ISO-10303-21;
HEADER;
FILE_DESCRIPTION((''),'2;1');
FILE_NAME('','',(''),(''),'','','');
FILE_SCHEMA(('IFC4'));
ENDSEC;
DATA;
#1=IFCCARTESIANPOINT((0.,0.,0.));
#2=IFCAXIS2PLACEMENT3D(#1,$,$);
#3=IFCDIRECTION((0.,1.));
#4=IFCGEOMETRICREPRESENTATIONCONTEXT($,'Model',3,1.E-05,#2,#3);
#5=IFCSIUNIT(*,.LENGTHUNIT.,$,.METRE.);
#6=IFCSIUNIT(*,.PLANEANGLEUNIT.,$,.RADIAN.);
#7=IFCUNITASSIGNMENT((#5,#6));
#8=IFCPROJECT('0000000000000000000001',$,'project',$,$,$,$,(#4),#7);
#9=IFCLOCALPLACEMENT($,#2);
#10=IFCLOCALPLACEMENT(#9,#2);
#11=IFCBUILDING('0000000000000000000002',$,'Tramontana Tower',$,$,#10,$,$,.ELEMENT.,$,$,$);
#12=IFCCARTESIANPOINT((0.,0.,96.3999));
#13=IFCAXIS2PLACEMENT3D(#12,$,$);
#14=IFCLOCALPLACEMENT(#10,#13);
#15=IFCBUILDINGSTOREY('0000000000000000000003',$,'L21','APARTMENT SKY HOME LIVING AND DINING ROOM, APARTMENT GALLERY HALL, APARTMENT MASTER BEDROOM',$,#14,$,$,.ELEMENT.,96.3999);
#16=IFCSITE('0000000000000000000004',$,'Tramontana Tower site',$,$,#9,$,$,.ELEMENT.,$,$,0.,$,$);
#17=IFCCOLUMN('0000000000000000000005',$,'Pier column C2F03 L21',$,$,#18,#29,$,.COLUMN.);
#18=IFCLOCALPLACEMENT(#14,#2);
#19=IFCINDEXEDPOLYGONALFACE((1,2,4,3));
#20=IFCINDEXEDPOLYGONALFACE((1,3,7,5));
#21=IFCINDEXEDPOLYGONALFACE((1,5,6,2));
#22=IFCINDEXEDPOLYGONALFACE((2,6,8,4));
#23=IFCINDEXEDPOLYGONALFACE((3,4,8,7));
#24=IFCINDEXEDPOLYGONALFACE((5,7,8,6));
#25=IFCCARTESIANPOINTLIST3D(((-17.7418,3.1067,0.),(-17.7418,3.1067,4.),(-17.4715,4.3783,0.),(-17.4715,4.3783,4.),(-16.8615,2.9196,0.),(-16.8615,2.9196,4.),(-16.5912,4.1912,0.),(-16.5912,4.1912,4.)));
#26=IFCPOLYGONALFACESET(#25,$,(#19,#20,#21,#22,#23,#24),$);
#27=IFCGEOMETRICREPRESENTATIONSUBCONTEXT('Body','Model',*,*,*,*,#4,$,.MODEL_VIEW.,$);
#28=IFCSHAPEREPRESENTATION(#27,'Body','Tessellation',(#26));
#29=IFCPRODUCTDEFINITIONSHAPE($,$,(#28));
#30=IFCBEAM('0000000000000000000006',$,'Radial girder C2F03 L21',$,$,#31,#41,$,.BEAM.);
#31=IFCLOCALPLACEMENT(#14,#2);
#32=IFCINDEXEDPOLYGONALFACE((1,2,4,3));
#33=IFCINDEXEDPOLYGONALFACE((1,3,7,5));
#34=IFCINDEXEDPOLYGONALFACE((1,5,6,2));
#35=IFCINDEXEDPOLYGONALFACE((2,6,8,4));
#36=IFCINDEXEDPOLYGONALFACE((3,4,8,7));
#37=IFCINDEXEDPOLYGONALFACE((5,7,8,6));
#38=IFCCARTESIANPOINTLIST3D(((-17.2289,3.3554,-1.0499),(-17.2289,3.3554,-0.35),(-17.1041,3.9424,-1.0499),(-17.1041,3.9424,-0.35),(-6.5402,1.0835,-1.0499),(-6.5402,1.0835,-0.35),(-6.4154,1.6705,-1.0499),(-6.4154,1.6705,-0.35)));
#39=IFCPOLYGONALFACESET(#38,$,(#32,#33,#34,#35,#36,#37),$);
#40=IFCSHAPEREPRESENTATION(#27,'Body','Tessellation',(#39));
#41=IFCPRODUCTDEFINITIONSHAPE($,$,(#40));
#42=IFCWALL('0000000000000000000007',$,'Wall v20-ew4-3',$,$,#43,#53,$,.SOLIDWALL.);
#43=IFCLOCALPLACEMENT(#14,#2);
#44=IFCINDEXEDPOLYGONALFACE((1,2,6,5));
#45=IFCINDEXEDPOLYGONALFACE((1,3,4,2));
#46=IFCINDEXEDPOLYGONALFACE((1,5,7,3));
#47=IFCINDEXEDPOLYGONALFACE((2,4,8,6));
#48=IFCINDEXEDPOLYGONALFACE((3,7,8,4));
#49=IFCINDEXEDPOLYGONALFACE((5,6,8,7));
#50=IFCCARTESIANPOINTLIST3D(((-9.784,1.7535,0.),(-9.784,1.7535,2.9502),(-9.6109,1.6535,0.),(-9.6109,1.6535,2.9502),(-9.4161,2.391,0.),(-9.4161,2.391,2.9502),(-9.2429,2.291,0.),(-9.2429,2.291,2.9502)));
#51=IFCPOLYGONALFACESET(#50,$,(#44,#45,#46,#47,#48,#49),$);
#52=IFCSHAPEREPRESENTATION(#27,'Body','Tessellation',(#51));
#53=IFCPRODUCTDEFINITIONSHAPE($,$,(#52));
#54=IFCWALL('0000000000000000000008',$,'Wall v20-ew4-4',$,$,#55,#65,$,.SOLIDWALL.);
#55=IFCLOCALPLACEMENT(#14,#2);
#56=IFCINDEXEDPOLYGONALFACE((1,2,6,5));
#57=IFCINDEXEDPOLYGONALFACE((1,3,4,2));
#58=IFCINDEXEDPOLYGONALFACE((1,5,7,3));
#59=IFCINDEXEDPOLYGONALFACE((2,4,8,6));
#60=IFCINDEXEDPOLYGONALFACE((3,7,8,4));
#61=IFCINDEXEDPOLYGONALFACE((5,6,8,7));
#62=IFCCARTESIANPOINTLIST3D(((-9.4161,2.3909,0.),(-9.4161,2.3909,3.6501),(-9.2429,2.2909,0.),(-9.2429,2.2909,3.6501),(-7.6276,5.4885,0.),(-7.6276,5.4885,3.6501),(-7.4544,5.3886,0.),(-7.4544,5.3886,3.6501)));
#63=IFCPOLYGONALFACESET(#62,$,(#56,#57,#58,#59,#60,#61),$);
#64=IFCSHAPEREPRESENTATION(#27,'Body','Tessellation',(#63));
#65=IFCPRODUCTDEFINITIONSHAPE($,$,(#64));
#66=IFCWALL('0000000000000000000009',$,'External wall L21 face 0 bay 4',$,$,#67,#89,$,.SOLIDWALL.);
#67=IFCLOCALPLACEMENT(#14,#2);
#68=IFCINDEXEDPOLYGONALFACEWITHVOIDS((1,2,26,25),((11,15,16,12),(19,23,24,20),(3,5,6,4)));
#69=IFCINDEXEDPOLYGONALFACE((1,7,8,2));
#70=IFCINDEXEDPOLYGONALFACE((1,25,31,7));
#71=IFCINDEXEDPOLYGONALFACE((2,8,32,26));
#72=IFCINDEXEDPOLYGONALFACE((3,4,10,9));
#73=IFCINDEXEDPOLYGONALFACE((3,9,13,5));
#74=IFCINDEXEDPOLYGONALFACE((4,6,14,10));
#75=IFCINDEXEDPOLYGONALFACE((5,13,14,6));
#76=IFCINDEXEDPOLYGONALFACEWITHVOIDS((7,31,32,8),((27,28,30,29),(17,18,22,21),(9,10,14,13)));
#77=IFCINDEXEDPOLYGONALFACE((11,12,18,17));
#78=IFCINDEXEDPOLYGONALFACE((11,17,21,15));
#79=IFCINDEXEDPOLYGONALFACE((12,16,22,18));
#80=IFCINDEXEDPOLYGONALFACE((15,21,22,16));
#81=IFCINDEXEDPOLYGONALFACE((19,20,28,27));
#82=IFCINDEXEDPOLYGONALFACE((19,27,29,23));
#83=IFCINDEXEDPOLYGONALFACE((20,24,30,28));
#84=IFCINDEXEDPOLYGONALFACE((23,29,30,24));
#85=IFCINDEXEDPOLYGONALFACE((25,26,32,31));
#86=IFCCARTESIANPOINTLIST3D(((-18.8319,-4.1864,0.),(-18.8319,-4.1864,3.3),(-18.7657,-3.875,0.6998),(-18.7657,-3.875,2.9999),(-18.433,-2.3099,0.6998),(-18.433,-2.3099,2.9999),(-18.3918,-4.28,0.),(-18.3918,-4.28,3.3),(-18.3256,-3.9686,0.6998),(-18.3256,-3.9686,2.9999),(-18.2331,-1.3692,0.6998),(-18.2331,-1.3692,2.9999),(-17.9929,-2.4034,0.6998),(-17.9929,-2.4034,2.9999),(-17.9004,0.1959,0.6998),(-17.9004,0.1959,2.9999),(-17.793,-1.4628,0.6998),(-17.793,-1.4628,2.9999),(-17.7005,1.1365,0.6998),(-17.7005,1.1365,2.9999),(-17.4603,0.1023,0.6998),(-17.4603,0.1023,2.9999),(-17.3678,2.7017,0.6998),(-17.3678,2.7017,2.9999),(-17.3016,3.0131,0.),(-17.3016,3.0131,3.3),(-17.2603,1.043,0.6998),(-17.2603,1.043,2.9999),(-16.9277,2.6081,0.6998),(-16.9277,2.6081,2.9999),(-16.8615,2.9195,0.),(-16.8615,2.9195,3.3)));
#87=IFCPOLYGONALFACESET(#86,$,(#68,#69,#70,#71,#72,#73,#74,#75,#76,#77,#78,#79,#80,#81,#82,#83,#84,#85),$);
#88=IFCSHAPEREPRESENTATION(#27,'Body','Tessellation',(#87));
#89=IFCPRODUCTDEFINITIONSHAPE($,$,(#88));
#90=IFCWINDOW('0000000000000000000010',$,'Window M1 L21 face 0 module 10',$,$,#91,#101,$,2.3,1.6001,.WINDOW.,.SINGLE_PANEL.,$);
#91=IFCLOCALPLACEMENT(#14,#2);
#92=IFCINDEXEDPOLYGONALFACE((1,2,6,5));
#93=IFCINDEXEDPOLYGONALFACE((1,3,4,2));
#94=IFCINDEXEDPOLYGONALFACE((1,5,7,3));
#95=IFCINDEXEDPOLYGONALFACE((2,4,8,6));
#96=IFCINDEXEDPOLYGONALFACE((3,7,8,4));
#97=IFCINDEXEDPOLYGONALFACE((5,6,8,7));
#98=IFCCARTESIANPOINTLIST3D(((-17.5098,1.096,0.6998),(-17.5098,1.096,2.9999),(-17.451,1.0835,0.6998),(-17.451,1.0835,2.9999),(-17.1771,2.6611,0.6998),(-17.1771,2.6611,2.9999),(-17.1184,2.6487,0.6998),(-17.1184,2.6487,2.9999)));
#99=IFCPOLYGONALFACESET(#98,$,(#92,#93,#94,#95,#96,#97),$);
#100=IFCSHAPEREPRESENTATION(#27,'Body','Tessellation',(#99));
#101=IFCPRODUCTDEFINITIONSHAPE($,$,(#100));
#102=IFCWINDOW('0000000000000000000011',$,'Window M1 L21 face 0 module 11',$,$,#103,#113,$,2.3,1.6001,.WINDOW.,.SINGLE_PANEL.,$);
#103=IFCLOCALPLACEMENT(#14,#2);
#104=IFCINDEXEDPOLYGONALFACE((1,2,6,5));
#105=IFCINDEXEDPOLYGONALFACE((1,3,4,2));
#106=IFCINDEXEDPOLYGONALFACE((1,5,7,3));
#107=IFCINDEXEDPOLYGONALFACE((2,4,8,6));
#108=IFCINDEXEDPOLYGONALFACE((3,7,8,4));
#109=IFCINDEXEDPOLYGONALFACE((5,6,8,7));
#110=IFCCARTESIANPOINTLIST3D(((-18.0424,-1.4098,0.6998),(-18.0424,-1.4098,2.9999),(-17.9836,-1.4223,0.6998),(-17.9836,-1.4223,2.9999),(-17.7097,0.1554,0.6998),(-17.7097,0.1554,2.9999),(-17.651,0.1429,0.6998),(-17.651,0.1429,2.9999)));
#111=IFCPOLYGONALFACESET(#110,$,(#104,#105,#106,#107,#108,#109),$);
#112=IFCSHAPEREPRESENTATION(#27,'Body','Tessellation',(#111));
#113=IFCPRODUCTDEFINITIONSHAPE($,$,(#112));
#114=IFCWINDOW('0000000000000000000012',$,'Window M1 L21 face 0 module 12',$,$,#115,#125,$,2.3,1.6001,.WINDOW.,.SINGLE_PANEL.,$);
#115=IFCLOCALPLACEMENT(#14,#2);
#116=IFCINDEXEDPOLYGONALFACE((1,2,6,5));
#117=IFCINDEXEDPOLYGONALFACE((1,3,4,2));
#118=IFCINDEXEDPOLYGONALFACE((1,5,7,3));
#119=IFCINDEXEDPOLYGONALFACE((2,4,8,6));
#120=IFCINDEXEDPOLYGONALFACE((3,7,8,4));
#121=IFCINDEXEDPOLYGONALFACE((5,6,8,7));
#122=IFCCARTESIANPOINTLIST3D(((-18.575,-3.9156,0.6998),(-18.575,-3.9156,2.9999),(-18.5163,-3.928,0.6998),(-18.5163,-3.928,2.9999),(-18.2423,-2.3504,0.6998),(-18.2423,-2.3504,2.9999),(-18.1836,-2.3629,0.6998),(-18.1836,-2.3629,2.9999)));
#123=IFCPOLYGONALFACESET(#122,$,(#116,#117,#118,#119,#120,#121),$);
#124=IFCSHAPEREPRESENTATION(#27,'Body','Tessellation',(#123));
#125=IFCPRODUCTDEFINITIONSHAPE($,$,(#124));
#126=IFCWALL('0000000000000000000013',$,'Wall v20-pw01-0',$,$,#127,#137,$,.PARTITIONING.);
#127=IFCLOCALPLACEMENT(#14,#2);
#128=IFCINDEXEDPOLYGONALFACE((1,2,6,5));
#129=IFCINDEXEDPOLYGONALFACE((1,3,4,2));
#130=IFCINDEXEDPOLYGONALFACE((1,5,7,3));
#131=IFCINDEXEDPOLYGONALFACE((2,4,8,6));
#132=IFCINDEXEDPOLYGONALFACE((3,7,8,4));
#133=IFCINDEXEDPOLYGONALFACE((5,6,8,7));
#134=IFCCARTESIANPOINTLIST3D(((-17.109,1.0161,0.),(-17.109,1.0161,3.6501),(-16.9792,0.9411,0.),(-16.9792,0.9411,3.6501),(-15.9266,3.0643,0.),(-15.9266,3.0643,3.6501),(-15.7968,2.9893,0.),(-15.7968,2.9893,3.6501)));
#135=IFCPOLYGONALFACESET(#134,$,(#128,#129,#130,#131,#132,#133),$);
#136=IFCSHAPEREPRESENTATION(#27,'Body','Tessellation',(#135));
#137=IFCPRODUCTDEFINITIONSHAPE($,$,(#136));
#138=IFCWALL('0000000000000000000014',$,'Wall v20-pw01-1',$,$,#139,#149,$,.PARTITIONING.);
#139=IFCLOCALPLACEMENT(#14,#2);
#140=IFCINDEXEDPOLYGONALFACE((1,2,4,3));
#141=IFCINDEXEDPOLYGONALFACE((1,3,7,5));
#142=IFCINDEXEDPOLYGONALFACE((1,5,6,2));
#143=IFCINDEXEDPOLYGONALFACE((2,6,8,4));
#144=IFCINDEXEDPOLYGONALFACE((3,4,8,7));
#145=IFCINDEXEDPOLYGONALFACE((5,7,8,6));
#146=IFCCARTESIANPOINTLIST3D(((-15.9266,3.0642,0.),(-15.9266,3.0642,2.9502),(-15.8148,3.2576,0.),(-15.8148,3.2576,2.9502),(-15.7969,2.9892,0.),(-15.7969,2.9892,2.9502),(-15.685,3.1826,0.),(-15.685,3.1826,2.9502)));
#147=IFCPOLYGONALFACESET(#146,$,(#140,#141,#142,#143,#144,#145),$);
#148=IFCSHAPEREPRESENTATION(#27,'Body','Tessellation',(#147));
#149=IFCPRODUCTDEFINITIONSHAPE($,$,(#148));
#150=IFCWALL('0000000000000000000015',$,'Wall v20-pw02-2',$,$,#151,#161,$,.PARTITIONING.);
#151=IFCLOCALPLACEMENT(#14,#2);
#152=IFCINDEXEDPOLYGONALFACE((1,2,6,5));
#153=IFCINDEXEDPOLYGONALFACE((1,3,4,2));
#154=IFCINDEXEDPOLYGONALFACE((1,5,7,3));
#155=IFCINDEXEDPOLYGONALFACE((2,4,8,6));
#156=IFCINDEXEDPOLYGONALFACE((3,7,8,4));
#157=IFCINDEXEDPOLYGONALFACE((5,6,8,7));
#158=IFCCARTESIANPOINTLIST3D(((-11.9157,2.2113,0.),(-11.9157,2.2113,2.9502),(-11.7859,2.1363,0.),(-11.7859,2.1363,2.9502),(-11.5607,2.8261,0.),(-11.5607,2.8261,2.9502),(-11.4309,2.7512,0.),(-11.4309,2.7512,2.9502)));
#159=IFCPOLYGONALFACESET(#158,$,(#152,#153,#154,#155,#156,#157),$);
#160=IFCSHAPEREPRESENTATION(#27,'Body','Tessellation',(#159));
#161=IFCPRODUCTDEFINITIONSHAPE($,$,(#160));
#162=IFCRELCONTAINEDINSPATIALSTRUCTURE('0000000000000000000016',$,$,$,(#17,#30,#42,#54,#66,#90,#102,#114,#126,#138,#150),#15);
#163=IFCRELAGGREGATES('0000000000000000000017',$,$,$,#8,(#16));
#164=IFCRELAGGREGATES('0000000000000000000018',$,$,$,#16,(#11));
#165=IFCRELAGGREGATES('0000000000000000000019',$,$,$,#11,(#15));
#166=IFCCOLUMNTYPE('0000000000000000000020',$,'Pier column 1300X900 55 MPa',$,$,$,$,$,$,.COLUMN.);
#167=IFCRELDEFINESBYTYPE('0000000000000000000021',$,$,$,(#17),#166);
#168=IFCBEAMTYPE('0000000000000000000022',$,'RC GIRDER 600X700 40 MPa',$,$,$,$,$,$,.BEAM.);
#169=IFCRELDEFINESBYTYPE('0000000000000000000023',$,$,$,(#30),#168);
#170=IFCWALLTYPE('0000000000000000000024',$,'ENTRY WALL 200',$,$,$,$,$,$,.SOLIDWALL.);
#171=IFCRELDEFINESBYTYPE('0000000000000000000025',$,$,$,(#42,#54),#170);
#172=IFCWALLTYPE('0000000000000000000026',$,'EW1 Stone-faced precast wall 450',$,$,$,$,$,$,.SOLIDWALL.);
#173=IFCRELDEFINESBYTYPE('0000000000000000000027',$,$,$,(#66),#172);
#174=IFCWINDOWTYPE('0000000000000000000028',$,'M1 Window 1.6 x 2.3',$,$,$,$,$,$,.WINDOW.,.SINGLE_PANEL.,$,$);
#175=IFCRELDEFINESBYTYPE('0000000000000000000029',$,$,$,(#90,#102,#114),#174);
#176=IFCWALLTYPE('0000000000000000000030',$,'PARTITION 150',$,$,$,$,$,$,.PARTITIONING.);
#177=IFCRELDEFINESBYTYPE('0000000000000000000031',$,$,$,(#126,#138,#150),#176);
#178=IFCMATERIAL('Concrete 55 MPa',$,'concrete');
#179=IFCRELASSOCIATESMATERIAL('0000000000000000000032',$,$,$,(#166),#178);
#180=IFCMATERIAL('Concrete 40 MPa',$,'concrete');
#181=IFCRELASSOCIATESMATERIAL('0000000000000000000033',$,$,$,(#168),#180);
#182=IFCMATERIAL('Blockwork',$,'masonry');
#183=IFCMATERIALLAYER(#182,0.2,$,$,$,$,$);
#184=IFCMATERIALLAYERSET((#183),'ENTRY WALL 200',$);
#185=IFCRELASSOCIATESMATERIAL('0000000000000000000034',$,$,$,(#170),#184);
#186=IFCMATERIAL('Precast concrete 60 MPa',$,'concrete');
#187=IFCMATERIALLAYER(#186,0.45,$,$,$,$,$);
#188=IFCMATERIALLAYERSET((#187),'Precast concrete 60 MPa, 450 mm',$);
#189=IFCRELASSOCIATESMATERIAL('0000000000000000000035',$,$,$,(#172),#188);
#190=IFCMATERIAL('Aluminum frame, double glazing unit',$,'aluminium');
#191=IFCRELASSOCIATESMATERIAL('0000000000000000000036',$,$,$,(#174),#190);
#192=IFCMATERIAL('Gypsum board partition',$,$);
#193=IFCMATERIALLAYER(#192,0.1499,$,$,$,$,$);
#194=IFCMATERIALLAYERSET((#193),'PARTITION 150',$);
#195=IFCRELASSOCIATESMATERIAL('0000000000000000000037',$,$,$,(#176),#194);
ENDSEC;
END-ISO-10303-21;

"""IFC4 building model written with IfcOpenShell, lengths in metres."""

from ifc_helpers import new_model, si_unit, direction, frame, frame_2d, origin, origin_2d, place, context, subcontext, project, spatial, rectangle, extrude, material, layer, layer_set, material_profile, profile_set, type_object, element, fill, save


model = new_model("IFC4")

# Units and contexts
model_context = context("Model", 3, precision=1e-05, world=origin(), true_north=direction((0.0, 1.0)))
body_context = subcontext(model_context, "Body", "Model", "MODEL_VIEW")
ifc_project = project(units=[si_unit("LENGTHUNIT", "METRE"), si_unit("PLANEANGLEUNIT", "RADIAN")], contexts=[model_context])

# Site, building, storey
site_placement = place(None, origin())
site = spatial("IfcSite", under=ifc_project, at=site_placement, Name="Tramontana Tower site", CompositionType="ELEMENT", RefElevation=0.0)
building_placement = place(site_placement, origin())
building = spatial("IfcBuilding", under=site, at=building_placement, Name="Tramontana Tower", CompositionType="ELEMENT")
storey_placement = place(building_placement, frame((0.0, 0.0, 96.3999)))
storey = spatial("IfcBuildingStorey", under=building, at=storey_placement, Name="L21", Description="APARTMENT SKY HOME LIVING AND DINING ROOM, APARTMENT GALLERY HALL, APARTMENT MASTER BEDROOM", CompositionType="ELEMENT", Elevation=96.3999)

# Column
ifc_material_1 = material(Name="Concrete 55 MPa", Category="concrete")
ifc_material_profile_1 = material_profile(ifc_material_1, rectangle(XDim=1.3, YDim=0.8999, at=origin_2d()), Name="Pier column 1300X900 55 MPa")
ifc_profile_set_1 = profile_set([ifc_material_profile_1], Name="Concrete 55 MPa")
column_type = type_object("IfcColumnType", Name="Pier column 1300X900 55 MPa", PredefinedType="COLUMN", material=ifc_profile_set_1)
column_placement = place(storey_placement, frame((-17.1665, 3.6489, 0.0), z_axis=(0.0, 0.0, 1.0), x_axis=(-0.207912, -0.978148, 0.0)))
element("IfcColumn", 1, at=column_placement, inside=storey, type_object=column_type, Name="Pier column C2F03 L21", PredefinedType="COLUMN", context=body_context, shape_type="SweptSolid", body=[
    extrude(rectangle(XDim=1.3, YDim=0.8999, at=origin_2d()), origin(), (0.0, 0.0, 1.0), 4.0),
])

# Beam
ifc_material_2 = material(Name="Concrete 40 MPa", Category="concrete")
ifc_material_profile_2 = material_profile(ifc_material_2, rectangle(XDim=0.6001, YDim=0.7, at=origin_2d()), Name="RC GIRDER 600X700 40 MPa")
ifc_profile_set_2 = profile_set([ifc_material_profile_2], Name="Concrete 40 MPa")
beam_type = type_object("IfcBeamType", Name="RC GIRDER 600X700 40 MPa", PredefinedType="BEAM", material=ifc_profile_set_2)
beam_placement = place(storey_placement, frame((-17.1665, 3.6489, -0.7), z_axis=(0.978147, -0.207913, 0.0), x_axis=(0.207913, 0.978147, 0.0)))
element("IfcBeam", 2, at=beam_placement, inside=storey, type_object=beam_type, Name="Radial girder C2F03 L21", PredefinedType="BEAM", context=body_context, shape_type="SweptSolid", body=[
    extrude(rectangle(XDim=0.6001, YDim=0.7, at=origin_2d()), origin(), (0.0, 0.0, 1.0), 10.9275),
])

# Walls
ifc_material_3 = material(Name="Blockwork", Category="masonry")
ifc_layer_1 = layer(ifc_material_3, 0.2)
ifc_layer_set_1 = layer_set([ifc_layer_1], Name="ENTRY WALL 200")
wall_type_1 = type_object("IfcWallType", Name="ENTRY WALL 200", PredefinedType="SOLIDWALL", material=ifc_layer_set_1)
wall_1_placement = place(storey_placement, frame((-9.6975, 1.7034, 0.0), z_axis=(0.0, 0.0, 1.0), x_axis=(0.499885, 0.866092, 0.0)))
element("IfcWall", 3, at=wall_1_placement, inside=storey, type_object=wall_type_1, Name="Wall v20-ew4-3", PredefinedType="SOLIDWALL", context=body_context, shape_type="SweptSolid", body=[
    extrude(rectangle(XDim=0.7361, YDim=0.2, at=frame_2d((0.3682, 0.0))), origin(), (0.0, 0.0, 1.0), 2.9502),
])
wall_2_placement = place(storey_placement, frame((-9.3296, 2.3408, 0.0), z_axis=(0.0, 0.0, 1.0), x_axis=(0.50003, 0.866008, 0.0)))
element("IfcWall", 4, at=wall_2_placement, inside=storey, type_object=wall_type_1, Name="Wall v20-ew4-4", PredefinedType="SOLIDWALL", context=body_context, shape_type="SweptSolid", body=[
    extrude(rectangle(XDim=3.5769, YDim=0.2, at=frame_2d((1.7886, 0.0))), origin(), (0.0, 0.0, 1.0), 3.6501),
])

# Wall, openings, windows
ifc_material_4 = material(Name="Precast concrete 60 MPa", Category="concrete")
ifc_layer_2 = layer(ifc_material_4, 0.45)
ifc_layer_set_2 = layer_set([ifc_layer_2], Name="Precast concrete 60 MPa, 450 mm")
wall_type_2 = type_object("IfcWallType", Name="EW1 Stone-faced precast wall 450", PredefinedType="SOLIDWALL", material=ifc_layer_set_2)
wall_3_placement = place(storey_placement, frame((-17.0815, 2.9663, 0.0), z_axis=(0.0, 0.0, 1.0), x_axis=(-0.207909, -0.978148, 0.0)))
wall_3 = element("IfcWall", 5, at=wall_3_placement, inside=storey, type_object=wall_type_2, Name="External wall L21 face 0 bay 4", PredefinedType="SOLIDWALL", context=body_context, shape_type="SweptSolid", body=[
    extrude(rectangle(XDim=7.3604, YDim=0.45, at=frame_2d((3.6802, 0.0))), origin(), (0.0, 0.0, 1.0), 3.3),
])
opening_1_placement = place(wall_3_placement, frame((0.3184, 0.0, 0.7)))
opening_1 = element("IfcOpeningElement", 6, at=opening_1_placement, cuts=wall_3, PredefinedType="OPENING", context=body_context, shape_type="SweptSolid", body=[
    extrude(rectangle(XDim=1.6001, YDim=2.3, at=frame_2d((0.8, 1.1499))), frame((0.0, 0.2349, 0.0), z_axis=(0.0, -1.0, 0.0), x_axis=(1.0, 0.0, 0.0)), (0.0, 0.0, 1.0), 0.47),
])
opening_2_placement = place(wall_3_placement, frame((2.8801, 0.0, 0.7)))
opening_2 = element("IfcOpeningElement", 7, at=opening_2_placement, cuts=wall_3, PredefinedType="OPENING", context=body_context, shape_type="SweptSolid", body=[
    extrude(rectangle(XDim=1.6001, YDim=2.3, at=frame_2d((0.8, 1.1499))), frame((0.0, 0.2349, 0.0), z_axis=(0.0, -1.0, 0.0), x_axis=(1.0, 0.0, 0.0)), (0.0, 0.0, 1.0), 0.47),
])
opening_3_placement = place(wall_3_placement, frame((5.4419, 0.0, 0.7)))
opening_3 = element("IfcOpeningElement", 8, at=opening_3_placement, cuts=wall_3, PredefinedType="OPENING", context=body_context, shape_type="SweptSolid", body=[
    extrude(rectangle(XDim=1.6001, YDim=2.3, at=frame_2d((0.8, 1.1499))), frame((0.0, 0.2349, 0.0), z_axis=(0.0, -1.0, 0.0), x_axis=(1.0, 0.0, 0.0)), (0.0, 0.0, 1.0), 0.47),
])
ifc_material_5 = material(Name="Aluminum frame, double glazing unit", Category="aluminium")
window_type = type_object("IfcWindowType", Name="M1 Window 1.6 x 2.3", PartitioningType="SINGLE_PANEL", PredefinedType="WINDOW", material=ifc_material_5)
window_1_placement = place(opening_1_placement, origin())
window_1 = element("IfcWindow", 9, at=window_1_placement, inside=storey, type_object=window_type, Name="Window M1 L21 face 0 module 10", OverallHeight=2.3, OverallWidth=1.6001, PartitioningType="SINGLE_PANEL", PredefinedType="WINDOW", context=body_context, shape_type="SweptSolid", body=[
    extrude(rectangle(XDim=1.6001, YDim=2.3, at=frame_2d((0.8, 1.1499))), frame((0.0, 0.03, 0.0), z_axis=(0.0, -1.0, 0.0), x_axis=(1.0, 0.0, 0.0)), (0.0, 0.0, 1.0), 0.0601),
])
fill(opening_1, window_1)
window_2_placement = place(opening_2_placement, origin())
window_2 = element("IfcWindow", 10, at=window_2_placement, inside=storey, type_object=window_type, Name="Window M1 L21 face 0 module 11", OverallHeight=2.3, OverallWidth=1.6001, PartitioningType="SINGLE_PANEL", PredefinedType="WINDOW", context=body_context, shape_type="SweptSolid", body=[
    extrude(rectangle(XDim=1.6001, YDim=2.3, at=frame_2d((0.8, 1.1499))), frame((0.0, 0.03, 0.0), z_axis=(0.0, -1.0, 0.0), x_axis=(1.0, 0.0, 0.0)), (0.0, 0.0, 1.0), 0.0601),
])
fill(opening_2, window_2)
window_3_placement = place(opening_3_placement, origin())
window_3 = element("IfcWindow", 11, at=window_3_placement, inside=storey, type_object=window_type, Name="Window M1 L21 face 0 module 12", OverallHeight=2.3, OverallWidth=1.6001, PartitioningType="SINGLE_PANEL", PredefinedType="WINDOW", context=body_context, shape_type="SweptSolid", body=[
    extrude(rectangle(XDim=1.6001, YDim=2.3, at=frame_2d((0.8, 1.1499))), frame((0.0, 0.03, 0.0), z_axis=(0.0, -1.0, 0.0), x_axis=(1.0, 0.0, 0.0)), (0.0, 0.0, 1.0), 0.0601),
])
fill(opening_3, window_3)

# Walls
ifc_material_6 = material(Name="Gypsum board partition")
ifc_layer_3 = layer(ifc_material_6, 0.1499)
ifc_layer_set_3 = layer_set([ifc_layer_3], Name="PARTITION 150")
wall_type_3 = type_object("IfcWallType", Name="PARTITION 150", PredefinedType="PARTITIONING", material=ifc_layer_set_3)
wall_4_placement = place(storey_placement, frame((-17.0442, 0.9785, 0.0), z_axis=(0.0, 0.0, 1.0), x_axis=(0.49997, 0.866043, 0.0)))
element("IfcWall", 12, at=wall_4_placement, inside=storey, type_object=wall_type_3, Name="Wall v20-pw01-0", PredefinedType="PARTITIONING", context=body_context, shape_type="SweptSolid", body=[
    extrude(rectangle(XDim=2.365, YDim=0.1499, at=frame_2d((1.1826, 0.0))), origin(), (0.0, 0.0, 1.0), 3.6501),
])
wall_5_placement = place(storey_placement, frame((-15.8618, 3.0266, 0.0), z_axis=(0.0, 0.0, 1.0), x_axis=(0.500605, 0.865676, 0.0)))
element("IfcWall", 13, at=wall_5_placement, inside=storey, type_object=wall_type_3, Name="Wall v20-pw01-1", PredefinedType="PARTITIONING", context=body_context, shape_type="SweptSolid", body=[
    extrude(rectangle(XDim=0.2234, YDim=0.1499, at=frame_2d((0.1118, 0.0))), origin(), (0.0, 0.0, 1.0), 2.9502),
])
wall_6_placement = place(storey_placement, frame((-11.8508, 2.1738, 0.0), z_axis=(0.0, 0.0, 1.0), x_axis=(0.50006, 0.865991, 0.0)))
element("IfcWall", 14, at=wall_6_placement, inside=storey, type_object=wall_type_3, Name="Wall v20-pw02-2", PredefinedType="PARTITIONING", context=body_context, shape_type="SweptSolid", body=[
    extrude(rectangle(XDim=0.71, YDim=0.1499, at=frame_2d((0.355, 0.0))), origin(), (0.0, 0.0, 1.0), 2.9502),
])

save(model, "model.ifc")
